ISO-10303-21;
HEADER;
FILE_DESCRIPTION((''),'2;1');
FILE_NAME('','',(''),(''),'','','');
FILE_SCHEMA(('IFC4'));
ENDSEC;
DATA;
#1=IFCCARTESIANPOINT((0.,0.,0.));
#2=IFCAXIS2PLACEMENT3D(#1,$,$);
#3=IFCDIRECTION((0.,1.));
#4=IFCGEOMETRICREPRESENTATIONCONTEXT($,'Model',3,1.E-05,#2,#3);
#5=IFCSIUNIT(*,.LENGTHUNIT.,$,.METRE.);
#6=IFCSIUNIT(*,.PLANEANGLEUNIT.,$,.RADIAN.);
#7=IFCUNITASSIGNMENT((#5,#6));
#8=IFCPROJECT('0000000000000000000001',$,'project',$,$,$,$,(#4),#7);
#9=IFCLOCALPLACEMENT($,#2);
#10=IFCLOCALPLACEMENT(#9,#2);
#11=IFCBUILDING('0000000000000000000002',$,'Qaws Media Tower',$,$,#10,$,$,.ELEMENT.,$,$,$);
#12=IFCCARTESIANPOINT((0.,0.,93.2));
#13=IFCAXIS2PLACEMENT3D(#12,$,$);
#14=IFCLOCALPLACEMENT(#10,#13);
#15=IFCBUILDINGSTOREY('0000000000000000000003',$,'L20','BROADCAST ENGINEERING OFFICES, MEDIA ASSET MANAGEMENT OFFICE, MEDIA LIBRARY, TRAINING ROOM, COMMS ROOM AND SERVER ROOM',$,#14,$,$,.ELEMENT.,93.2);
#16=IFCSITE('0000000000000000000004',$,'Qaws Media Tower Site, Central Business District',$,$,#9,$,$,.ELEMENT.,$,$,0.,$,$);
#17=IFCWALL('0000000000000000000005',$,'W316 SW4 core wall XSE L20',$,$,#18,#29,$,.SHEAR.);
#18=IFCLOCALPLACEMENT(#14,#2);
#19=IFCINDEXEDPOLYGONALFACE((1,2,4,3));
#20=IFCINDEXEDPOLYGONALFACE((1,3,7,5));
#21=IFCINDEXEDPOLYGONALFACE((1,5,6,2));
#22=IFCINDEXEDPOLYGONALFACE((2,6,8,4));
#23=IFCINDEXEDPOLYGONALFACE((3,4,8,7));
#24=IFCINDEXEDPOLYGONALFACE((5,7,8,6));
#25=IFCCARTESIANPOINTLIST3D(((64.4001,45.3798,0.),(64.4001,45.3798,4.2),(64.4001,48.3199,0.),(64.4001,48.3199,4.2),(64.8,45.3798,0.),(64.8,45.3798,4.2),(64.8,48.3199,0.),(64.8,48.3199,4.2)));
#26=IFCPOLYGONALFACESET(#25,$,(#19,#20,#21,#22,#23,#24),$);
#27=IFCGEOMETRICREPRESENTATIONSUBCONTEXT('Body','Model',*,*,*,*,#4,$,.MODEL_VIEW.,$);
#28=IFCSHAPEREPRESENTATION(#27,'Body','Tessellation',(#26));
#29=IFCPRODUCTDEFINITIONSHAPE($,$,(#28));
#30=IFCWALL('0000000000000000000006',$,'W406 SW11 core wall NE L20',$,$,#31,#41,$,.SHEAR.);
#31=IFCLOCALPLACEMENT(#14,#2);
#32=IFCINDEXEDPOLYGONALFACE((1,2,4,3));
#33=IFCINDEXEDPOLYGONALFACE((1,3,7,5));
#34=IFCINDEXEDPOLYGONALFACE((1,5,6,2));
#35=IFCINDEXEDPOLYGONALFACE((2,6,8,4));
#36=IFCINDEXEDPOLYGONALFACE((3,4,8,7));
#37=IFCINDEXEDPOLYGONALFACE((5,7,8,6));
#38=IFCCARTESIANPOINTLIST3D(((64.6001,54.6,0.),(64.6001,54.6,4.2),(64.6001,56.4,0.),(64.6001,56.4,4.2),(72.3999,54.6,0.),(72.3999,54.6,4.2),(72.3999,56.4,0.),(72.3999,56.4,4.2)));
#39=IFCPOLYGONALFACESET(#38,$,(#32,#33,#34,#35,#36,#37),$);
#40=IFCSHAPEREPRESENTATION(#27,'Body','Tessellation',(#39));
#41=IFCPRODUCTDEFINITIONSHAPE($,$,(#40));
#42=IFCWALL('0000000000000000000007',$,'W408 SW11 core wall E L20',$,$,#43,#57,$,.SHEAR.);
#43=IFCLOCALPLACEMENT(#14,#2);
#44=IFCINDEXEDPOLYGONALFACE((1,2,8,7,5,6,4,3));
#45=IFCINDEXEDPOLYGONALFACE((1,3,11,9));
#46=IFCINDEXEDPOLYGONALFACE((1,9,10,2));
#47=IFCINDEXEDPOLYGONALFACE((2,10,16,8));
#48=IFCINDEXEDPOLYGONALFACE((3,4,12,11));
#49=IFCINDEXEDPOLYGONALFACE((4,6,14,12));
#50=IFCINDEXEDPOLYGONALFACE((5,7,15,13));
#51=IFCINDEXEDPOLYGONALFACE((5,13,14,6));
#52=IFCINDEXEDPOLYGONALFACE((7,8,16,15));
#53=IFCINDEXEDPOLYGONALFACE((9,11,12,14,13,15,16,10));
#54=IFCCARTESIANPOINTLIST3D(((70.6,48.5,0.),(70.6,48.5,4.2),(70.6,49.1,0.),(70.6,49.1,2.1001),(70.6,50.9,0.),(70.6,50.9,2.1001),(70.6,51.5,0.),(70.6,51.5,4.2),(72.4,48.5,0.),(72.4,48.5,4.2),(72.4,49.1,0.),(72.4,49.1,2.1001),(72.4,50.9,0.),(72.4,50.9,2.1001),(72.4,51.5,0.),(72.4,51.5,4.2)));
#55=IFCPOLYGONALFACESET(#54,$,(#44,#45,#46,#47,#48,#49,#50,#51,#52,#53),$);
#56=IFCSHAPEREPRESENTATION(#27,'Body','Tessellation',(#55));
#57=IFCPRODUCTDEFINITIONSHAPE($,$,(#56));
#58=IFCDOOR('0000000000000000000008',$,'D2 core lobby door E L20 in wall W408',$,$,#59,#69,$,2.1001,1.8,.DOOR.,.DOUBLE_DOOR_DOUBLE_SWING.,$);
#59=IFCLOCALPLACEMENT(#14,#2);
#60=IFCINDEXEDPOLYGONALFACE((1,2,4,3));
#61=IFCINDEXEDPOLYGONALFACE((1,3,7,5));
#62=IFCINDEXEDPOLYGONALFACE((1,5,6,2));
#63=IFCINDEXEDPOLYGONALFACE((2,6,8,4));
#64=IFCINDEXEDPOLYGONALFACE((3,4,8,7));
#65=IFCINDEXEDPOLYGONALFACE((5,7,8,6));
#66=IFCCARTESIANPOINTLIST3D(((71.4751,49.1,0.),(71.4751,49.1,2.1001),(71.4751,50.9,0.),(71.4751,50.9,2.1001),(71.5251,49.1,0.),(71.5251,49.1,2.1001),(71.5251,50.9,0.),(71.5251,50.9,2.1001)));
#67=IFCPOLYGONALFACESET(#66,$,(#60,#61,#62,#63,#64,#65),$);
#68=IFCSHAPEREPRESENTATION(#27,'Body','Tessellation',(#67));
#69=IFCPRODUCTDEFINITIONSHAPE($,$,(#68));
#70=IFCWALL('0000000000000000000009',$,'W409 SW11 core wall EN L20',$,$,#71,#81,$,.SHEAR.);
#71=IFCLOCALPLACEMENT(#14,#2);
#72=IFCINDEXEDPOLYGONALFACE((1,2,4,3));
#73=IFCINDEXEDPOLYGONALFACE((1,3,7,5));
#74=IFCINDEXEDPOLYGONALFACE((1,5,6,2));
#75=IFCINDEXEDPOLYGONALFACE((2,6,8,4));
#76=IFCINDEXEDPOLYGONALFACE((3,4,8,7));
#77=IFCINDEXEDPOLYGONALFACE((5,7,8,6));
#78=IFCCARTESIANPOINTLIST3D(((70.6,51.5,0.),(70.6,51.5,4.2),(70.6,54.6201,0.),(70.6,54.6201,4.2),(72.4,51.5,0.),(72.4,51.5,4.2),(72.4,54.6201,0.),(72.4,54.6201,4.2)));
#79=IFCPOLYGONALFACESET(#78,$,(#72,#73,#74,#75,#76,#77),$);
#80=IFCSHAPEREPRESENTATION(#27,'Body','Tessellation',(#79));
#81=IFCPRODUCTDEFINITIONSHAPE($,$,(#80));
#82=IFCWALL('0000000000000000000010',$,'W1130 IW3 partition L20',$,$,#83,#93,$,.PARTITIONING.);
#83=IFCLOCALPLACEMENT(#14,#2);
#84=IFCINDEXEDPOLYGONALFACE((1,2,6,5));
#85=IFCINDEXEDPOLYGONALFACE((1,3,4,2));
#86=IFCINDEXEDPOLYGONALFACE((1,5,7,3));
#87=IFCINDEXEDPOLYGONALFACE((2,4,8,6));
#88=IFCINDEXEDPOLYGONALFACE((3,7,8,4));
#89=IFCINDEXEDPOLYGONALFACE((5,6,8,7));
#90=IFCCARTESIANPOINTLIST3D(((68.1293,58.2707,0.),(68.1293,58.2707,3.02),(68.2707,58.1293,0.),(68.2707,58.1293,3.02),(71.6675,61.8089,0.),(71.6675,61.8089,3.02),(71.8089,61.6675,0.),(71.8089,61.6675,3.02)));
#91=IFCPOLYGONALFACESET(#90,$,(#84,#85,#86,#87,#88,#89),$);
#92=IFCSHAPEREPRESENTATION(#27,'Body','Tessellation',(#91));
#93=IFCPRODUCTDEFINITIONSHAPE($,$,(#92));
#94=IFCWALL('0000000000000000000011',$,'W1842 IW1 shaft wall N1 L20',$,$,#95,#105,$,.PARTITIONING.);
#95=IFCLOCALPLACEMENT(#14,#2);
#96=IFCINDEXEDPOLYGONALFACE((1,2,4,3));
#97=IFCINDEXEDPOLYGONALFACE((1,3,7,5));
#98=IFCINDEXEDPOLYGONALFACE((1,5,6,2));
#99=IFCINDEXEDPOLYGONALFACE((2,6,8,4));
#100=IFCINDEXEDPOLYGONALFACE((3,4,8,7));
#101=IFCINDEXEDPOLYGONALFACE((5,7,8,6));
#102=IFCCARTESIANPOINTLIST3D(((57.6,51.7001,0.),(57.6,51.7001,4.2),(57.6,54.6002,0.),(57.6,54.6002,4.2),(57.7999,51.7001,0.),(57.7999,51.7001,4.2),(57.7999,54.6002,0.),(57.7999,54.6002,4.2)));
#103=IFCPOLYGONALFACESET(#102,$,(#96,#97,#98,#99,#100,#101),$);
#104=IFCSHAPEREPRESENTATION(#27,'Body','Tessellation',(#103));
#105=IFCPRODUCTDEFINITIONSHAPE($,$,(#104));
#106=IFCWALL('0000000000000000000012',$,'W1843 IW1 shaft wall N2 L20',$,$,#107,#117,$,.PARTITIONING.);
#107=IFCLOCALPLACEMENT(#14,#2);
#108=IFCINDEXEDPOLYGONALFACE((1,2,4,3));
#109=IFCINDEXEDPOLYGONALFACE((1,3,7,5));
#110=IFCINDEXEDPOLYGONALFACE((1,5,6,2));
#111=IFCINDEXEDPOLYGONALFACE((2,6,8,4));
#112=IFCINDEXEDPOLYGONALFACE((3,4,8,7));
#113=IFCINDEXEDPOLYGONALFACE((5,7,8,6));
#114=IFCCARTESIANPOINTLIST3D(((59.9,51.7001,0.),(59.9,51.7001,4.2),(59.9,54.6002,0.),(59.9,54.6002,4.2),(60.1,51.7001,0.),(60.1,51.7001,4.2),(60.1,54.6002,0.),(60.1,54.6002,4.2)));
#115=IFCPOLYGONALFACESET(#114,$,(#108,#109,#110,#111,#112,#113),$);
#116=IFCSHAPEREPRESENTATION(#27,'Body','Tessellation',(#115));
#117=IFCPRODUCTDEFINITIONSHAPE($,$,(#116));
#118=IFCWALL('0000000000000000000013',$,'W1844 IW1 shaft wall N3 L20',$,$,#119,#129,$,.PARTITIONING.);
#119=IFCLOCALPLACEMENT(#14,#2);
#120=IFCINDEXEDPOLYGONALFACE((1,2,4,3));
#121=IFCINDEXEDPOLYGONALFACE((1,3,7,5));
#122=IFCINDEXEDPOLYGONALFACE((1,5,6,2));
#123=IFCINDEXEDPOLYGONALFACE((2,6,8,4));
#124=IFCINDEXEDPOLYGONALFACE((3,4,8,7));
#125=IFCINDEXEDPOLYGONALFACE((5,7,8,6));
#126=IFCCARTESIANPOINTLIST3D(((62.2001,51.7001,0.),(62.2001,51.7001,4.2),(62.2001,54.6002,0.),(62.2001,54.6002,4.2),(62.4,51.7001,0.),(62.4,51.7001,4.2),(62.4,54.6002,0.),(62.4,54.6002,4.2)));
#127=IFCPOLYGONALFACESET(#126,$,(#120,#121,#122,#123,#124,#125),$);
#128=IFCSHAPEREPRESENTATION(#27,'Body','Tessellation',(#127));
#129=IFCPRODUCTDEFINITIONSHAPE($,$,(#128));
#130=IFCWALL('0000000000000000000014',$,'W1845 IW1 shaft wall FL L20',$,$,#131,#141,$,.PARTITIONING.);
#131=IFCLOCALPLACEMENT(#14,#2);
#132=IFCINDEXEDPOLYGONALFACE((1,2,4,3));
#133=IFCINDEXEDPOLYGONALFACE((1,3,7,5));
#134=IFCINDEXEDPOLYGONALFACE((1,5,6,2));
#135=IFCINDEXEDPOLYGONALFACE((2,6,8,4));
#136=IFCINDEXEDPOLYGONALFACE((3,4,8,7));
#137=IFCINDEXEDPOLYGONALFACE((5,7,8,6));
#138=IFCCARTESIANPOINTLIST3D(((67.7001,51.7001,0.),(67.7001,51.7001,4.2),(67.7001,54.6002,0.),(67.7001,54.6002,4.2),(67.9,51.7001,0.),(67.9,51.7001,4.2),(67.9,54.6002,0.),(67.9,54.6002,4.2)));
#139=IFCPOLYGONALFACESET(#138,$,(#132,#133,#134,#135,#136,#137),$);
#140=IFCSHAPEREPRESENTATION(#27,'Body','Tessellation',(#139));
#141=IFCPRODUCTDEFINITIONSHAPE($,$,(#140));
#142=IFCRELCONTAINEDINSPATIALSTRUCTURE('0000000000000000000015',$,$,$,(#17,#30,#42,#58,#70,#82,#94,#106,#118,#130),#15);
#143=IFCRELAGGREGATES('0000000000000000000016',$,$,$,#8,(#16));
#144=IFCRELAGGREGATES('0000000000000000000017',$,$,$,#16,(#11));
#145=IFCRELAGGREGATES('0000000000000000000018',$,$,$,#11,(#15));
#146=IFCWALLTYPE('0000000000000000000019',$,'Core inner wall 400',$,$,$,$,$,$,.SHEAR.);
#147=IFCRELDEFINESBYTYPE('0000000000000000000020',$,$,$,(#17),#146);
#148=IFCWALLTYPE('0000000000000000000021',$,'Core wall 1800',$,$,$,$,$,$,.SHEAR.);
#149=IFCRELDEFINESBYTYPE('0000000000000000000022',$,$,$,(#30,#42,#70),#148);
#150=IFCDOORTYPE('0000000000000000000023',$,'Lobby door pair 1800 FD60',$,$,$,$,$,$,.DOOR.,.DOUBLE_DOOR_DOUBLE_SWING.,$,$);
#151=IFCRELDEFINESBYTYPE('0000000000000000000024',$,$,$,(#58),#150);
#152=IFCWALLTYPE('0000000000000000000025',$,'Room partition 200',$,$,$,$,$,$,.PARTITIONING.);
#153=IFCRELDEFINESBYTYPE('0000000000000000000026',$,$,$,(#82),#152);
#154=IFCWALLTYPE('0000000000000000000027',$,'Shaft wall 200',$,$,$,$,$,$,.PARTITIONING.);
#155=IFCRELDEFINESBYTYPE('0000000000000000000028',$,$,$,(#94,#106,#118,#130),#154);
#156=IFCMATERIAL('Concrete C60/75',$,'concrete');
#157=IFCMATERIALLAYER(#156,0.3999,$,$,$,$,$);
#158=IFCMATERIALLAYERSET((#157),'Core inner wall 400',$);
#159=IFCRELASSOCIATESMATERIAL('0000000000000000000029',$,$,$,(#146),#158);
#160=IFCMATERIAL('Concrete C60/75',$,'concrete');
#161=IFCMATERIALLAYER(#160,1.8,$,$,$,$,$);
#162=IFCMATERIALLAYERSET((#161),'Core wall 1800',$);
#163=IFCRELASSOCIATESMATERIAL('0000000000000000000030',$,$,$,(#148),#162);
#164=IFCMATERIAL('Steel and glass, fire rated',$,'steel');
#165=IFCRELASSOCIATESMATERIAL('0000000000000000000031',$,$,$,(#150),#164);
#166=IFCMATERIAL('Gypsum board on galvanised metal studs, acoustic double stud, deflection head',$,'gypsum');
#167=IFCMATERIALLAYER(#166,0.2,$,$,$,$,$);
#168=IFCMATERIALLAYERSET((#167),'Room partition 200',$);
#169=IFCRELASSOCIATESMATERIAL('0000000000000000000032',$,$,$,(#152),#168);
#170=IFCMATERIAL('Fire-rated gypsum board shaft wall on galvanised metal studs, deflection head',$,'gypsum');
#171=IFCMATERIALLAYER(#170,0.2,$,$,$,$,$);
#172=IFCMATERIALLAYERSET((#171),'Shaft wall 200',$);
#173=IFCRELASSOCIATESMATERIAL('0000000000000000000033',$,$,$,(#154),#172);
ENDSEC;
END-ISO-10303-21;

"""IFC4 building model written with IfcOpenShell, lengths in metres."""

from ifc_helpers import new_model, si_unit, direction, frame, frame_2d, origin, place, context, subcontext, project, spatial, rectangle, extrude, material, layer, layer_set, type_object, element, fill, save


model = new_model("IFC4")

# Units and contexts
model_context = context("Model", 3, precision=1e-05, world=origin(), true_north=direction((0.0, 1.0)))
body_context = subcontext(model_context, "Body", "Model", "MODEL_VIEW")
ifc_project = project(units=[si_unit("LENGTHUNIT", "METRE"), si_unit("PLANEANGLEUNIT", "RADIAN")], contexts=[model_context])

# Site, building, storey
site_placement = place(None, origin())
site = spatial("IfcSite", under=ifc_project, at=site_placement, Name="Qaws Media Tower Site, Central Business District", CompositionType="ELEMENT", RefElevation=0.0)
building_placement = place(site_placement, origin())
building = spatial("IfcBuilding", under=site, at=building_placement, Name="Qaws Media Tower", CompositionType="ELEMENT")
storey_placement = place(building_placement, frame((0.0, 0.0, 93.2)))
storey = spatial("IfcBuildingStorey", under=building, at=storey_placement, Name="L20", Description="BROADCAST ENGINEERING OFFICES, MEDIA ASSET MANAGEMENT OFFICE, MEDIA LIBRARY, TRAINING ROOM, COMMS ROOM AND SERVER ROOM", CompositionType="ELEMENT", Elevation=93.2)

# Shared definitions
ifc_material_1 = material(Name="Concrete C60/75", Category="concrete")
ifc_layer_1 = layer(ifc_material_1, 0.3999)
ifc_layer_set_1 = layer_set([ifc_layer_1], Name="Core inner wall 400")
wall_type_1 = type_object("IfcWallType", Name="Core inner wall 400", PredefinedType="SHEAR", material=ifc_layer_set_1)

# Walls
for number, where, z_axis, x_axis, name in (
    (1, (64.6001, 48.3201, 0.0), (0.0, 0.0, 1.0), (0.0, -1.0, 0.0), "W316 SW4 core wall XSE L20"),
):
    element("IfcWall", number, at=place(storey_placement, frame(where, z_axis=z_axis, x_axis=x_axis)), inside=storey, type_object=wall_type_1, Name=name, PredefinedType="SHEAR", context=body_context, shape_type="SweptSolid", body=[
        extrude(rectangle(XDim=2.9402, YDim=0.3999, at=frame_2d((1.4702, 0.0))), origin(), (0.0, 0.0, 1.0), 4.2),
    ])
ifc_material_2 = material(Name="Concrete C60/75", Category="concrete")
ifc_layer_2 = layer(ifc_material_2, 1.8)
ifc_layer_set_2 = layer_set([ifc_layer_2], Name="Core wall 1800")
wall_type_2 = type_object("IfcWallType", Name="Core wall 1800", PredefinedType="SHEAR", material=ifc_layer_set_2)
wall_1_placement = place(storey_placement, frame((64.6001, 55.5, 0.0), z_axis=(0.0, 0.0, 1.0), x_axis=(1.0, 0.0, 0.0)))
element("IfcWall", 2, at=wall_1_placement, inside=storey, type_object=wall_type_2, Name="W406 SW11 core wall NE L20", PredefinedType="SHEAR", context=body_context, shape_type="SweptSolid", body=[
    extrude(rectangle(XDim=7.7998, YDim=1.8, at=frame_2d((3.8999, 0.0))), origin(), (0.0, 0.0, 1.0), 4.2),
])

# Wall, opening, door
wall_2_placement = place(storey_placement, frame((71.5, 48.5, 0.0), z_axis=(0.0, 0.0, 1.0), x_axis=(0.0, 1.0, 0.0)))
wall_2 = element("IfcWall", 3, at=wall_2_placement, inside=storey, type_object=wall_type_2, Name="W408 SW11 core wall E L20", PredefinedType="SHEAR", context=body_context, shape_type="SweptSolid", body=[
    extrude(rectangle(XDim=3.0, YDim=1.8, at=frame_2d((1.5, 0.0))), origin(), (0.0, 0.0, 1.0), 4.2),
])
opening_1_placement = place(wall_2_placement, frame((0.6001, 0.0, 0.0)))
opening_1 = element("IfcOpeningElement", 4, at=opening_1_placement, cuts=wall_2, PredefinedType="OPENING", context=body_context, shape_type="SweptSolid", body=[
    extrude(rectangle(XDim=1.8, YDim=2.1001, at=frame_2d((0.8999, 1.05))), frame((0.0, 0.9099, 0.0), z_axis=(0.0, -1.0, 0.0), x_axis=(1.0, 0.0, 0.0)), (0.0, 0.0, 1.0), 1.8201),
])
ifc_material_3 = material(Name="Steel and glass, fire rated", Category="steel")
door_type_1 = type_object("IfcDoorType", Name="Lobby door pair 1800 FD60", OperationType="DOUBLE_DOOR_DOUBLE_SWING", PredefinedType="DOOR", material=ifc_material_3)
door_1_placement = place(opening_1_placement, origin())
door_1 = element("IfcDoor", 5, at=door_1_placement, inside=storey, type_object=door_type_1, Name="D2 core lobby door E L20 in wall W408", OperationType="DOUBLE_DOOR_DOUBLE_SWING", OverallHeight=2.1001, OverallWidth=1.8, PredefinedType="DOOR", context=body_context, shape_type="SweptSolid", body=[
    extrude(rectangle(XDim=1.8, YDim=2.1001, at=frame_2d((0.8999, 1.05))), frame((0.0, 0.0249, 0.0), z_axis=(0.0, -1.0, 0.0), x_axis=(1.0, 0.0, 0.0)), (0.0, 0.0, 1.0), 0.05),
])
fill(opening_1, door_1)

# Walls
wall_3_placement = place(storey_placement, frame((71.5, 51.5, 0.0), z_axis=(0.0, 0.0, 1.0), x_axis=(0.0, 1.0, 0.0)))
element("IfcWall", 6, at=wall_3_placement, inside=storey, type_object=wall_type_2, Name="W409 SW11 core wall EN L20", PredefinedType="SHEAR", context=body_context, shape_type="SweptSolid", body=[
    extrude(rectangle(XDim=3.1201, YDim=1.8, at=frame_2d((1.5601, 0.0))), origin(), (0.0, 0.0, 1.0), 4.2),
])
ifc_material_4 = material(Name="Gypsum board on galvanised metal studs, acoustic double stud, deflection head", Category="gypsum")
ifc_layer_3 = layer(ifc_material_4, 0.2)
ifc_layer_set_3 = layer_set([ifc_layer_3], Name="Room partition 200")
wall_type_3 = type_object("IfcWallType", Name="Room partition 200", PredefinedType="PARTITIONING", material=ifc_layer_set_3)
wall_4_placement = place(storey_placement, frame((68.2, 58.2, 0.0), z_axis=(0.0, 0.0, 1.0), x_axis=(0.707107, 0.707107, 0.0)))
element("IfcWall", 7, at=wall_4_placement, inside=storey, type_object=wall_type_3, Name="W1130 IW3 partition L20", PredefinedType="PARTITIONING", context=body_context, shape_type="SweptSolid", body=[
    extrude(rectangle(XDim=5.0037, YDim=0.2, at=frame_2d((2.502, 0.0))), origin(), (0.0, 0.0, 1.0), 3.02),
])
ifc_material_5 = material(Name="Fire-rated gypsum board shaft wall on galvanised metal studs, deflection head", Category="gypsum")
ifc_layer_4 = layer(ifc_material_5, 0.2)
ifc_layer_set_4 = layer_set([ifc_layer_4], Name="Shaft wall 200")
wall_type_4 = type_object("IfcWallType", Name="Shaft wall 200", PredefinedType="PARTITIONING", material=ifc_layer_set_4)
for number, where, z_axis, x_axis, name in (
    (8, (57.7, 51.7, 0.0), (0.0, 0.0, 1.0), (0.0, 1.0, 0.0), "W1842 IW1 shaft wall N1 L20"),
    (9, (60.0, 51.7, 0.0), (0.0, 0.0, 1.0), (0.0, 1.0, 0.0), "W1843 IW1 shaft wall N2 L20"),
    (10, (62.3, 51.7, 0.0), (0.0, 0.0, 1.0), (0.0, 1.0, 0.0), "W1844 IW1 shaft wall N3 L20"),
    (11, (67.8, 51.7, 0.0), (0.0, 0.0, 1.0), (0.0, 1.0, 0.0), "W1845 IW1 shaft wall FL L20"),
):
    element("IfcWall", number, at=place(storey_placement, frame(where, z_axis=z_axis, x_axis=x_axis)), inside=storey, type_object=wall_type_4, Name=name, PredefinedType="PARTITIONING", context=body_context, shape_type="SweptSolid", body=[
        extrude(rectangle(XDim=2.9001, YDim=0.2, at=frame_2d((1.4502, 0.0))), origin(), (0.0, 0.0, 1.0), 4.2),
    ])

save(model, "model.ifc")
